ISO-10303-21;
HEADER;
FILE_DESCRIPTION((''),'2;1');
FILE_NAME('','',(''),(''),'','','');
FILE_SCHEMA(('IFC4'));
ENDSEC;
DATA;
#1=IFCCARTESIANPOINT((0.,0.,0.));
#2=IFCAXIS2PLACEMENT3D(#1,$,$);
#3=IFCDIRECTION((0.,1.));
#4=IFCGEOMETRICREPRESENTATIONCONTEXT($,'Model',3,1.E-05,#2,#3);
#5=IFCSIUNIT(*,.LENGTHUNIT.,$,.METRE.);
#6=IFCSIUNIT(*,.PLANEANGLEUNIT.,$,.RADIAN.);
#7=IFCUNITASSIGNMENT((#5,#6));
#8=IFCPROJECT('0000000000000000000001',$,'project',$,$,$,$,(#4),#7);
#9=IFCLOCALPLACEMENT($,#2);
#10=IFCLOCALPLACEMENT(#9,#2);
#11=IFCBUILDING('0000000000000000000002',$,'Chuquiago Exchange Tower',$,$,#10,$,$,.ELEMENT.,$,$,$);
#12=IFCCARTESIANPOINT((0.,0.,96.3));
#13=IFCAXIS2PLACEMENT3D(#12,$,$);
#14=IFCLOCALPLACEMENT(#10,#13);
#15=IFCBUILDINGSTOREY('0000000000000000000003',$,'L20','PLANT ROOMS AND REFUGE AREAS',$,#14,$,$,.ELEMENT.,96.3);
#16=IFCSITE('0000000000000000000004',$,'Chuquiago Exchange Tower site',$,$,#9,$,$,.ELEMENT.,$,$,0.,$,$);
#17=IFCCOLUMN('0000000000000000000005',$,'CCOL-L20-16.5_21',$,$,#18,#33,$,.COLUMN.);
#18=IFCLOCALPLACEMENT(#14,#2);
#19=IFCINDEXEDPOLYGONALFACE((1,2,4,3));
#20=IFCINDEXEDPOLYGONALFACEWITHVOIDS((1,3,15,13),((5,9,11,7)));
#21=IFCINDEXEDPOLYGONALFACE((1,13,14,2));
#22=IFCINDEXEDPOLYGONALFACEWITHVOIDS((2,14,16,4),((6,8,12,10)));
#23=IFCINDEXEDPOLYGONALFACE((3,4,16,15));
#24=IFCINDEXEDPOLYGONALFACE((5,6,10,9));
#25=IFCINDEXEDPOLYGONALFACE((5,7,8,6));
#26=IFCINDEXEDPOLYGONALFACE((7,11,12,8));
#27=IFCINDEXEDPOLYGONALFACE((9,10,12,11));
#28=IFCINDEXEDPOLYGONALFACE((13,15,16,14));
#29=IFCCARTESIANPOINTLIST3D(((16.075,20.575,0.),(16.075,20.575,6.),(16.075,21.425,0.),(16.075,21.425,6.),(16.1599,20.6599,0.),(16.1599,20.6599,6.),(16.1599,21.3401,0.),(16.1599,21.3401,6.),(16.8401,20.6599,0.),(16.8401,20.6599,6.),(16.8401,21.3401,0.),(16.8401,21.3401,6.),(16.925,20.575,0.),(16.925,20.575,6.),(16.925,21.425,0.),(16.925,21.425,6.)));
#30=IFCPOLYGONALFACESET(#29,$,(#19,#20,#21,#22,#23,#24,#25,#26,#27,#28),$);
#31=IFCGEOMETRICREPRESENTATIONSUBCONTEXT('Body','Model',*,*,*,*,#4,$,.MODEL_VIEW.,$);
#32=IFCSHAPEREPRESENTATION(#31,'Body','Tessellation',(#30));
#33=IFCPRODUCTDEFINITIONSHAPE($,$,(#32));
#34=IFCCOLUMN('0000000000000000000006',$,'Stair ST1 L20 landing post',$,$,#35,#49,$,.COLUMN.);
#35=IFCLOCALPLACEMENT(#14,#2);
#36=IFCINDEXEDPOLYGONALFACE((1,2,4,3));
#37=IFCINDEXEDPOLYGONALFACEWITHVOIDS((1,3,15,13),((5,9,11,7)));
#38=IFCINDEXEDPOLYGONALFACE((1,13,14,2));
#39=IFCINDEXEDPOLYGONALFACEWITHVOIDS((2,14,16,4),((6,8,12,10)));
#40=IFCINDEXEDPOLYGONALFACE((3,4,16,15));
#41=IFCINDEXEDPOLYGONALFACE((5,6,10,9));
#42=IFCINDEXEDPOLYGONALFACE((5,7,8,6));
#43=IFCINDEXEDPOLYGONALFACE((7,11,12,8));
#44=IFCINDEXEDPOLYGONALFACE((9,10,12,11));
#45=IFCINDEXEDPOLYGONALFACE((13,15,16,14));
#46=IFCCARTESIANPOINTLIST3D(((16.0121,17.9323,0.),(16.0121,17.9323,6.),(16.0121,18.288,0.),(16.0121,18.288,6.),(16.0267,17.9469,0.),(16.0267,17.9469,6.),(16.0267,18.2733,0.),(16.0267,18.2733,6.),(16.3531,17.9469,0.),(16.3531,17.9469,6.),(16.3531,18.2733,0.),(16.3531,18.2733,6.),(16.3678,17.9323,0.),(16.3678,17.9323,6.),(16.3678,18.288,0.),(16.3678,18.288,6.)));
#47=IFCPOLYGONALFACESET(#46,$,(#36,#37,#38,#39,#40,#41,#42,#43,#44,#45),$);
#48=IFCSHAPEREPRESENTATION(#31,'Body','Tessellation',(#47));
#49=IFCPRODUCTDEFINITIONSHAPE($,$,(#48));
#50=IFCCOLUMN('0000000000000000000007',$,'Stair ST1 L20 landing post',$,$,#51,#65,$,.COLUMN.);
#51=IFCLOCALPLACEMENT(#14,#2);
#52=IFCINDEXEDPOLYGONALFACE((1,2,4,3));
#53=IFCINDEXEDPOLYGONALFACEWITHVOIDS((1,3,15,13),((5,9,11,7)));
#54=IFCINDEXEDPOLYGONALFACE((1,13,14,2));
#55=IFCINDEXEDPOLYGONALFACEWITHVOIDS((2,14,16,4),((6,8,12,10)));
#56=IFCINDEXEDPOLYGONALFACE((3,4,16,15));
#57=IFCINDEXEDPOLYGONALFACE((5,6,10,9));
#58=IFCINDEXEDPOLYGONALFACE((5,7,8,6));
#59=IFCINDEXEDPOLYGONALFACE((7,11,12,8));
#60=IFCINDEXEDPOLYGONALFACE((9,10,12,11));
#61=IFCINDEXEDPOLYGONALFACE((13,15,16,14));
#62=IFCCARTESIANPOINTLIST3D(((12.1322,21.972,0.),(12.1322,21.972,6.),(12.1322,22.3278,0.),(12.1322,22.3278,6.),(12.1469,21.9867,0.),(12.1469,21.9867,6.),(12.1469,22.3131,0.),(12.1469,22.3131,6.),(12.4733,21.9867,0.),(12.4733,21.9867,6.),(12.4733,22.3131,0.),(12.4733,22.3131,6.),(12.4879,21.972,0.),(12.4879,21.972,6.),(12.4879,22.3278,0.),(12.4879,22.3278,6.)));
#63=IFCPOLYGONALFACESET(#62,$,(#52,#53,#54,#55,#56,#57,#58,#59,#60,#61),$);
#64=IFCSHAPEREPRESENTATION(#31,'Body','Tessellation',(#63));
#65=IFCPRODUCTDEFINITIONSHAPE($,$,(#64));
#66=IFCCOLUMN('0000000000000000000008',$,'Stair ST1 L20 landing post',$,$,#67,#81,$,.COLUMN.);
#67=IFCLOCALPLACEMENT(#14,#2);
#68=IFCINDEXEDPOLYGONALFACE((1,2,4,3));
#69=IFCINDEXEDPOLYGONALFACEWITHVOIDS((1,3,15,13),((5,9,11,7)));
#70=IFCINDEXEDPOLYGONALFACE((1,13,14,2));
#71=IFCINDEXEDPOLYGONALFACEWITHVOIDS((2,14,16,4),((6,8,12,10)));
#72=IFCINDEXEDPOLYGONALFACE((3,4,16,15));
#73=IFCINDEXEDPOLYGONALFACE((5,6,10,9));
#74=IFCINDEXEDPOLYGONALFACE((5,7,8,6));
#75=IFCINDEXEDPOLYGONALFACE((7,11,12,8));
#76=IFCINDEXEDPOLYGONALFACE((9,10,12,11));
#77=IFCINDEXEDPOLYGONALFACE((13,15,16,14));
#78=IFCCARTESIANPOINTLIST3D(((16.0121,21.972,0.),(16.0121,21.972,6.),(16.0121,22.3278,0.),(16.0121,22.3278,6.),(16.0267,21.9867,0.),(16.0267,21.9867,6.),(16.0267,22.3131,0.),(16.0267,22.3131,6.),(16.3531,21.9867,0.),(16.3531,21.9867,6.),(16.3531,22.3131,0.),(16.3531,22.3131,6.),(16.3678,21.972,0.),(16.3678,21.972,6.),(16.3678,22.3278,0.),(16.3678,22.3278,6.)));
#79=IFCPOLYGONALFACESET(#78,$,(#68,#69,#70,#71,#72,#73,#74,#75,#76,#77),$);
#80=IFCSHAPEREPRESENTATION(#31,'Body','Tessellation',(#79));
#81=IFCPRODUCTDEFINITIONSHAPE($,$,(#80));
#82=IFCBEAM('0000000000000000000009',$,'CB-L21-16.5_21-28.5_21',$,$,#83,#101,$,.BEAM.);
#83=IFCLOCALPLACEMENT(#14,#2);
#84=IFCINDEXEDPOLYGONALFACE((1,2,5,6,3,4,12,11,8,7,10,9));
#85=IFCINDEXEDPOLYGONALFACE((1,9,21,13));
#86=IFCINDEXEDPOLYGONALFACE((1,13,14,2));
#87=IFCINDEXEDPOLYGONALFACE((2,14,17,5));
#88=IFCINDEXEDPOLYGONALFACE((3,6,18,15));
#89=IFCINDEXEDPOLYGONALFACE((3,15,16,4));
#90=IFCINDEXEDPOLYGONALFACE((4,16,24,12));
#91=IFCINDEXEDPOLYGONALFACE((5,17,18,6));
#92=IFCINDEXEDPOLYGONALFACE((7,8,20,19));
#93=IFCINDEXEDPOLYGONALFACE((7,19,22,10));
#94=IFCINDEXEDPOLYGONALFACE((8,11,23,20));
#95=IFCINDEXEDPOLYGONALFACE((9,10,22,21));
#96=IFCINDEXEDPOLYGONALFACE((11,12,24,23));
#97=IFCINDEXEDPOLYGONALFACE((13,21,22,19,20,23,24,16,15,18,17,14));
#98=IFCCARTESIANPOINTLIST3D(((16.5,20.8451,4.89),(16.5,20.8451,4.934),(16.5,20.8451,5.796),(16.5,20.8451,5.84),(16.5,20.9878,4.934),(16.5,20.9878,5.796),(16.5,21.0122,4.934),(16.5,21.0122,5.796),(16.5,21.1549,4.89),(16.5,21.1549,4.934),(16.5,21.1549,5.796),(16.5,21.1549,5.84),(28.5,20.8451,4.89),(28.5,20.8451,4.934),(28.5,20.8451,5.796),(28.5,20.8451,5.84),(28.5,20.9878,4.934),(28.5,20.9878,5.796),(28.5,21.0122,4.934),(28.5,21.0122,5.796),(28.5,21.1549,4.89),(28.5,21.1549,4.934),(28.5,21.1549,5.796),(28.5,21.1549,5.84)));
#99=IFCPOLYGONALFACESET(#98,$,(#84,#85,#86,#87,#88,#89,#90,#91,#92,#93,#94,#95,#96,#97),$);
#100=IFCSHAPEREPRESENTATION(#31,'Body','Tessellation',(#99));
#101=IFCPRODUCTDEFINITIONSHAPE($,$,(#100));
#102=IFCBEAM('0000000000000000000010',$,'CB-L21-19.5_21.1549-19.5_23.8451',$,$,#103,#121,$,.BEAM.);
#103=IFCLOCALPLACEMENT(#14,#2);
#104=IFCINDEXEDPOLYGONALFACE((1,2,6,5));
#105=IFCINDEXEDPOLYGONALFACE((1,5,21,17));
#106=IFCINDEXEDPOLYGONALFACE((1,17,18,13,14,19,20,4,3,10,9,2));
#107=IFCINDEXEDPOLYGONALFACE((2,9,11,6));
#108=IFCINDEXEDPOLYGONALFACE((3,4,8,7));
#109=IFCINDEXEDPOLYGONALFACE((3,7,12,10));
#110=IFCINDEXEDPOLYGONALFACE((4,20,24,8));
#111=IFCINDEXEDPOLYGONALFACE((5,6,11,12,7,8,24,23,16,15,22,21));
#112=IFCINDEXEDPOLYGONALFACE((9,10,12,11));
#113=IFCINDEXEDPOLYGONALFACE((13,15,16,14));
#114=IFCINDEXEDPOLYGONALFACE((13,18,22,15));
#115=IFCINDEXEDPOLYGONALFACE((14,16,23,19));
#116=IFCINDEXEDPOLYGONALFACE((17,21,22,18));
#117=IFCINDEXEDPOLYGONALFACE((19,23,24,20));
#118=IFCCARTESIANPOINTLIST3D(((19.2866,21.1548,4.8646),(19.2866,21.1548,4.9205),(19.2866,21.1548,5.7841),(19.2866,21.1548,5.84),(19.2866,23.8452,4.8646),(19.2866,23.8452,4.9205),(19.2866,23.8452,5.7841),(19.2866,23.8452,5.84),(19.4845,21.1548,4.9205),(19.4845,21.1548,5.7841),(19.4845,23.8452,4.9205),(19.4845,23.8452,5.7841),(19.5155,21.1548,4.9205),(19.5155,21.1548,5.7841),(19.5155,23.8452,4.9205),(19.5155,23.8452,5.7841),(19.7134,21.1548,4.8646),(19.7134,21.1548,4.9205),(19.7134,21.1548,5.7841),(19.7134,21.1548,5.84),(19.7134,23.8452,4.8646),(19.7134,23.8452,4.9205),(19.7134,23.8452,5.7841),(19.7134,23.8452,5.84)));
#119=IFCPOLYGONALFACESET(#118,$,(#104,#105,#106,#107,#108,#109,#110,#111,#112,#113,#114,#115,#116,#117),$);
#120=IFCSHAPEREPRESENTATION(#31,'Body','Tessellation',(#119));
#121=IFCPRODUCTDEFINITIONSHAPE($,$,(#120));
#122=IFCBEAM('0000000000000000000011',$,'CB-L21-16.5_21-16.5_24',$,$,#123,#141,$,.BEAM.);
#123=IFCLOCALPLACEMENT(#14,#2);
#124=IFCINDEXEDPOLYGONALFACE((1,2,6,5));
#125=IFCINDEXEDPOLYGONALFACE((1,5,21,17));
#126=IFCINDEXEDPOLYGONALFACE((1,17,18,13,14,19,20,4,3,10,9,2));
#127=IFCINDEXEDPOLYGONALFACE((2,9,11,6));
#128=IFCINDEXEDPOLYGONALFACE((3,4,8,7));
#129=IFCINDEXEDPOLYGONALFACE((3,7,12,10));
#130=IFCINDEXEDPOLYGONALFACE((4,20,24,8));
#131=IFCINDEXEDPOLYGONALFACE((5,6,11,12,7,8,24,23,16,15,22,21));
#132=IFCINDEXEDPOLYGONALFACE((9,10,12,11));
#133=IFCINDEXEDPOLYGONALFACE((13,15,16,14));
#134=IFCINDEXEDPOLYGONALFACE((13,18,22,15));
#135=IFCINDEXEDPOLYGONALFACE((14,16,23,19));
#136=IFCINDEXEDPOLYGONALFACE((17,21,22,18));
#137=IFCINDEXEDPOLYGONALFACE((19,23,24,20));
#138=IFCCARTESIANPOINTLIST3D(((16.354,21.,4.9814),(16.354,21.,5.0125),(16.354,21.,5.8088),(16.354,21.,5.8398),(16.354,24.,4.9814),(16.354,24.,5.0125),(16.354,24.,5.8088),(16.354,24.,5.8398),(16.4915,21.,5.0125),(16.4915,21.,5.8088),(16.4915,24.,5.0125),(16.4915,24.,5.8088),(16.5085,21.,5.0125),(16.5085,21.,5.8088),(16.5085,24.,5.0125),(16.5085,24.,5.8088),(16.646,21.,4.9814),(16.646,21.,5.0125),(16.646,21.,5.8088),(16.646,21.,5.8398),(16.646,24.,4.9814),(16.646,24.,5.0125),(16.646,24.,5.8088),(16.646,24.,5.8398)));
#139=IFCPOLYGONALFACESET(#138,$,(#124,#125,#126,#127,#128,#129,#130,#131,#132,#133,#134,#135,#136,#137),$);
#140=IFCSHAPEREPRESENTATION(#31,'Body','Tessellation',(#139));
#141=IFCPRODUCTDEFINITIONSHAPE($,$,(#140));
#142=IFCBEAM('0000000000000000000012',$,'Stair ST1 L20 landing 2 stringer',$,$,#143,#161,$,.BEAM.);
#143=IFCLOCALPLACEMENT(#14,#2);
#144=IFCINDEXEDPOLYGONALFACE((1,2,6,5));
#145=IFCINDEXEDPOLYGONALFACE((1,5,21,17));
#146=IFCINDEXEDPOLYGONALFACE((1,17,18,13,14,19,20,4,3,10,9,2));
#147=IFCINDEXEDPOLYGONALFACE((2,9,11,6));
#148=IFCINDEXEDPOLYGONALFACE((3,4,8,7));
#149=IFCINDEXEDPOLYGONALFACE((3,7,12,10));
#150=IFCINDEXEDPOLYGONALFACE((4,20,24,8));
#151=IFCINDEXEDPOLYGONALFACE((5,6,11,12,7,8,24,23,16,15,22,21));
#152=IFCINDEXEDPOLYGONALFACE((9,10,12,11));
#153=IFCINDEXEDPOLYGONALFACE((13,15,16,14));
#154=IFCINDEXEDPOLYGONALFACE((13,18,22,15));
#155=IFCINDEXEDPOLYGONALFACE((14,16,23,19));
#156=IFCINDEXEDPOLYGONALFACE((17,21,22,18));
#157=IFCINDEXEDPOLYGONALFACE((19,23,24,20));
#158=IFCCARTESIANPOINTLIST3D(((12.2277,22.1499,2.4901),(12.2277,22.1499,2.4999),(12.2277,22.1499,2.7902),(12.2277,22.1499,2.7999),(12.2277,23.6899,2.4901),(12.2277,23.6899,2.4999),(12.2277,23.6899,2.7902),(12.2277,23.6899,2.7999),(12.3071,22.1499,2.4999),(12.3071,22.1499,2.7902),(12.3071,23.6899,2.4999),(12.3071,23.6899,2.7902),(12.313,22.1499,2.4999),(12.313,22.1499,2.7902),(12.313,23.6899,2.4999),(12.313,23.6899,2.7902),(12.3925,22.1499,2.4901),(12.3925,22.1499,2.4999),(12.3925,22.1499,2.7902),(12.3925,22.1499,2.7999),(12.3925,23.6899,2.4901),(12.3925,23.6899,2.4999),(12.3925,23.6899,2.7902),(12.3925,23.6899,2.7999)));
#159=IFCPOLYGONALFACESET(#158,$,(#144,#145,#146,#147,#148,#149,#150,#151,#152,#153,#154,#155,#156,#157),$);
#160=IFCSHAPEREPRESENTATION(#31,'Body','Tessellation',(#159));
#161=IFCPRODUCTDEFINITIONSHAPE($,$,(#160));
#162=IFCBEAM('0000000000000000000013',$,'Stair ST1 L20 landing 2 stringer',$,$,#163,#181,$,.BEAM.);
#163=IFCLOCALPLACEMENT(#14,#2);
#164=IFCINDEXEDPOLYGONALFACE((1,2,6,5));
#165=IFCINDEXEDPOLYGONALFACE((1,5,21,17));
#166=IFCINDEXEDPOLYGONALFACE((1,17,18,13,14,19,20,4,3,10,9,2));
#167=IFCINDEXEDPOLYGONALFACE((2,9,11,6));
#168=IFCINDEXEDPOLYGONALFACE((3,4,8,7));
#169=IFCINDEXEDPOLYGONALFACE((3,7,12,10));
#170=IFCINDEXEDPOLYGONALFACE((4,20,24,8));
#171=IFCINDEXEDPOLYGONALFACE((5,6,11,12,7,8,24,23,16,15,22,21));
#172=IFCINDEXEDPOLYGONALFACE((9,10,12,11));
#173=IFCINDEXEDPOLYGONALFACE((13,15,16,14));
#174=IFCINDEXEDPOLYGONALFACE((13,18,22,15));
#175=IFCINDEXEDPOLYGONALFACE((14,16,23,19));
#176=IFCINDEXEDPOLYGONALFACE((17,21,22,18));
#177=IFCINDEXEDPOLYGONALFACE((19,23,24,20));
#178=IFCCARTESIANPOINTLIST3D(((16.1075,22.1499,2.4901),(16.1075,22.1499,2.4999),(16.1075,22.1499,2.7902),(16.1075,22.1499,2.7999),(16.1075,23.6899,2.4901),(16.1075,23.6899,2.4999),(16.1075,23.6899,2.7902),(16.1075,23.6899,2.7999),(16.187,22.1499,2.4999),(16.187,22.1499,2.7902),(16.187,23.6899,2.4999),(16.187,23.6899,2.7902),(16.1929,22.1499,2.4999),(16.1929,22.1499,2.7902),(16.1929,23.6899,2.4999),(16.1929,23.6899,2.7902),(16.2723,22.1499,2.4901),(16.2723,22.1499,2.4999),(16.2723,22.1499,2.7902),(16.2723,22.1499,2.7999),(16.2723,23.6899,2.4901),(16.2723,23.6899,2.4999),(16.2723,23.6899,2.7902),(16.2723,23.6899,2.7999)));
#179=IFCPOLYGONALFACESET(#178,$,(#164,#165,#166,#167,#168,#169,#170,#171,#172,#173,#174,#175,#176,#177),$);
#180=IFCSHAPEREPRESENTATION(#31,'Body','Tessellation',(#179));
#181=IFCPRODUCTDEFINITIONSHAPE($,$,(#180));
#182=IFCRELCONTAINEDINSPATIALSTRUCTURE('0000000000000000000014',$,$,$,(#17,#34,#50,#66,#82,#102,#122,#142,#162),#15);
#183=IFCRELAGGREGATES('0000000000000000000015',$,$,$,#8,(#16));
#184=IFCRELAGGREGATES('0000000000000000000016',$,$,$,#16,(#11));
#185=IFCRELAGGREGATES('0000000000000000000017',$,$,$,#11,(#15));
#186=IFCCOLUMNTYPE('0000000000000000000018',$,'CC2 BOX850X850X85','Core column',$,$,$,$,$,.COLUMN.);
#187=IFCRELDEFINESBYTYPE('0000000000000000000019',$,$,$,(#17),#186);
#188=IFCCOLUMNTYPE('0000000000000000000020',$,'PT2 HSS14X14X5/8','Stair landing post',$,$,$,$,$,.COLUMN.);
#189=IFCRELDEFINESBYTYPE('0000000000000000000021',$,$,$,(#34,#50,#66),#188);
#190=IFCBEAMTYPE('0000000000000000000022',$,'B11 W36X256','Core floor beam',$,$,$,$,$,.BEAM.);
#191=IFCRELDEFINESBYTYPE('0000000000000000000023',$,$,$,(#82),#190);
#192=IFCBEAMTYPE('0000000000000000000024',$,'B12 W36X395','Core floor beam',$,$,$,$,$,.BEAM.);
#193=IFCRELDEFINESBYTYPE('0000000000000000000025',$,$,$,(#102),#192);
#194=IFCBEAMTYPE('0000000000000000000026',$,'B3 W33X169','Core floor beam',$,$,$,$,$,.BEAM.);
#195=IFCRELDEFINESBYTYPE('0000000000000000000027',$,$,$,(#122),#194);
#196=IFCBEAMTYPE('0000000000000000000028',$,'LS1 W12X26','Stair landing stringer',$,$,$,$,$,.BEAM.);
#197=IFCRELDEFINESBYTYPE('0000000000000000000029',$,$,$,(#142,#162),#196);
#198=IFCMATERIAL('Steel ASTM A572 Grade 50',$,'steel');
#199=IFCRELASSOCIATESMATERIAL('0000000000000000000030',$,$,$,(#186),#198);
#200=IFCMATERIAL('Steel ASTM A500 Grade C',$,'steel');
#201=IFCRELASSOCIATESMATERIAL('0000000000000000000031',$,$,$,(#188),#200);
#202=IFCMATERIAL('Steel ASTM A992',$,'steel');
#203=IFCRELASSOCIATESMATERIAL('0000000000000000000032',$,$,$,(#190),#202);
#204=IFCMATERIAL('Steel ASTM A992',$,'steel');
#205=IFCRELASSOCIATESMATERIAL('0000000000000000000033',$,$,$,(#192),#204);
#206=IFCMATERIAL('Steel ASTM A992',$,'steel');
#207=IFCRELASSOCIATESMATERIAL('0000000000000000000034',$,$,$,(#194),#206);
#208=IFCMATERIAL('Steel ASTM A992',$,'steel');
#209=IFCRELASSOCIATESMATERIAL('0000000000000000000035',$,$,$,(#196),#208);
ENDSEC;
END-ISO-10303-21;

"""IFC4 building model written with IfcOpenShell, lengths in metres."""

from ifc_helpers import new_model, si_unit, direction, frame, origin, origin_2d, place, context, subcontext, project, spatial, hollow_rectangle, i_section, extrude, material, material_profile, profile_set, type_object, element, save


model = new_model("IFC4")

# Units and contexts
model_context = context("Model", 3, precision=1e-05, world=origin(), true_north=direction((0.0, 1.0)))
body_context = subcontext(model_context, "Body", "Model", "MODEL_VIEW")
ifc_project = project(units=[si_unit("LENGTHUNIT", "METRE"), si_unit("PLANEANGLEUNIT", "RADIAN")], contexts=[model_context])

# Site, building, storey
site_placement = place(None, origin())
site = spatial("IfcSite", under=ifc_project, at=site_placement, Name="Chuquiago Exchange Tower site", CompositionType="ELEMENT", RefElevation=0.0)
building_placement = place(site_placement, origin())
building = spatial("IfcBuilding", under=site, at=building_placement, Name="Chuquiago Exchange Tower", CompositionType="ELEMENT")
storey_placement = place(building_placement, frame((0.0, 0.0, 96.3)))
storey = spatial("IfcBuildingStorey", under=building, at=storey_placement, Name="L20", Description="PLANT ROOMS AND REFUGE AREAS", CompositionType="ELEMENT", Elevation=96.3)

# Columns
ifc_material_1 = material(Name="Steel ASTM A572 Grade 50", Category="steel")
ifc_material_profile_1 = material_profile(ifc_material_1, hollow_rectangle(XDim=0.8501, YDim=0.8501, WallThickness=0.085, at=origin_2d()), Name="BOX850X850X85")
ifc_profile_set_1 = profile_set([ifc_material_profile_1], Name="Steel ASTM A572 Grade 50")
column_type_1 = type_object("IfcColumnType", Name="CC2 BOX850X850X85", Description="Core column", PredefinedType="COLUMN", material=ifc_profile_set_1)
column_placement = place(storey_placement, frame((16.5, 21.0, 0.0), z_axis=(0.0, 0.0, 1.0), x_axis=(1.0, 0.0, 0.0)))
element("IfcColumn", 1, at=column_placement, inside=storey, type_object=column_type_1, Name="CCOL-L20-16.5_21", PredefinedType="COLUMN", context=body_context, shape_type="SweptSolid", body=[
    extrude(hollow_rectangle(XDim=0.8501, YDim=0.8501, WallThickness=0.085, at=origin_2d()), origin(), (0.0, 0.0, 1.0), 6.0),
])
ifc_material_2 = material(Name="Steel ASTM A500 Grade C", Category="steel")
ifc_material_profile_2 = material_profile(ifc_material_2, hollow_rectangle(XDim=0.3557, YDim=0.3557, WallThickness=0.0146, at=origin_2d()), Name="HSS14X14X5/8")
ifc_profile_set_2 = profile_set([ifc_material_profile_2], Name="Steel ASTM A500 Grade C")
column_type_2 = type_object("IfcColumnType", Name="PT2 HSS14X14X5/8", Description="Stair landing post", PredefinedType="COLUMN", material=ifc_profile_set_2)
for number, where, z_axis, x_axis, name in (
    (2, (16.1899, 18.1101, 0.0), (0.0, 0.0, 1.0), (1.0, 0.0, 0.0), "Stair ST1 L20 landing post"),
    (3, (12.3101, 22.1499, 0.0), (0.0, 0.0, 1.0), (1.0, 0.0, 0.0), "Stair ST1 L20 landing post"),
    (4, (16.1899, 22.1499, 0.0), (0.0, 0.0, 1.0), (1.0, 0.0, 0.0), "Stair ST1 L20 landing post"),
):
    element("IfcColumn", number, at=place(storey_placement, frame(where, z_axis=z_axis, x_axis=x_axis)), inside=storey, type_object=column_type_2, Name=name, PredefinedType="COLUMN", context=body_context, shape_type="SweptSolid", body=[
        extrude(hollow_rectangle(XDim=0.3557, YDim=0.3557, WallThickness=0.0146, at=origin_2d()), origin(), (0.0, 0.0, 1.0), 6.0),
    ])

# Beams
ifc_material_3 = material(Name="Steel ASTM A992", Category="steel")
ifc_material_profile_3 = material_profile(ifc_material_3, i_section(OverallWidth=0.3098, OverallDepth=0.95, WebThickness=0.0244, FlangeThickness=0.0439, at=origin_2d()), Name="W36X256")
ifc_profile_set_3 = profile_set([ifc_material_profile_3], Name="Steel ASTM A992")
beam_type_1 = type_object("IfcBeamType", Name="B11 W36X256", Description="Core floor beam", PredefinedType="BEAM", material=ifc_profile_set_3)
beam_1_placement = place(storey_placement, frame((16.5, 21.0, 5.365), z_axis=(1.0, 0.0, 0.0), x_axis=(0.0, 1.0, 0.0)))
element("IfcBeam", 5, at=beam_1_placement, inside=storey, type_object=beam_type_1, Name="CB-L21-16.5_21-28.5_21", PredefinedType="BEAM", context=body_context, shape_type="SweptSolid", body=[
    extrude(i_section(OverallWidth=0.3098, OverallDepth=0.95, WebThickness=0.0244, FlangeThickness=0.0439, at=origin_2d()), origin(), (0.0, 0.0, 1.0), 12.0),
])
ifc_material_4 = material(Name="Steel ASTM A992", Category="steel")
ifc_material_profile_4 = material_profile(ifc_material_4, i_section(OverallWidth=0.4268, OverallDepth=0.9753, WebThickness=0.031, FlangeThickness=0.0559, at=origin_2d()), Name="W36X395")
ifc_profile_set_4 = profile_set([ifc_material_profile_4], Name="Steel ASTM A992")
beam_type_2 = type_object("IfcBeamType", Name="B12 W36X395", Description="Core floor beam", PredefinedType="BEAM", material=ifc_profile_set_4)
beam_2_placement = place(storey_placement, frame((19.5, 21.1548, 5.3523), z_axis=(0.0, 1.0, 0.0), x_axis=(-1.0, 0.0, 0.0)))
element("IfcBeam", 6, at=beam_2_placement, inside=storey, type_object=beam_type_2, Name="CB-L21-19.5_21.1549-19.5_23.8451", PredefinedType="BEAM", context=body_context, shape_type="SweptSolid", body=[
    extrude(i_section(OverallWidth=0.4268, OverallDepth=0.9753, WebThickness=0.031, FlangeThickness=0.0559, at=origin_2d()), origin(), (0.0, 0.0, 1.0), 2.6904),
])
ifc_material_5 = material(Name="Steel ASTM A992", Category="steel")
ifc_material_profile_5 = material_profile(ifc_material_5, i_section(OverallWidth=0.292, OverallDepth=0.8584, WebThickness=0.0171, FlangeThickness=0.031, at=origin_2d()), Name="W33X169")
ifc_profile_set_5 = profile_set([ifc_material_profile_5], Name="Steel ASTM A992")
beam_type_3 = type_object("IfcBeamType", Name="B3 W33X169", Description="Core floor beam", PredefinedType="BEAM", material=ifc_profile_set_5)
beam_3_placement = place(storey_placement, frame((16.5, 21.0, 5.4106), z_axis=(0.0, 1.0, 0.0), x_axis=(-1.0, 0.0, 0.0)))
element("IfcBeam", 7, at=beam_3_placement, inside=storey, type_object=beam_type_3, Name="CB-L21-16.5_21-16.5_24", PredefinedType="BEAM", context=body_context, shape_type="SweptSolid", body=[
    extrude(i_section(OverallWidth=0.292, OverallDepth=0.8584, WebThickness=0.0171, FlangeThickness=0.031, at=origin_2d()), origin(), (0.0, 0.0, 1.0), 3.0),
])
ifc_material_6 = material(Name="Steel ASTM A992", Category="steel")
ifc_material_profile_6 = material_profile(ifc_material_6, i_section(OverallWidth=0.1648, OverallDepth=0.3098, WebThickness=0.0059, FlangeThickness=0.0098, at=origin_2d()), Name="W12X26")
ifc_profile_set_6 = profile_set([ifc_material_profile_6], Name="Steel ASTM A992")
beam_type_4 = type_object("IfcBeamType", Name="LS1 W12X26", Description="Stair landing stringer", PredefinedType="BEAM", material=ifc_profile_set_6)
for number, where, z_axis, x_axis, name in (
    (8, (12.3101, 22.1499, 2.645), (0.0, 1.0, 0.0), (-1.0, 0.0, 0.0), "Stair ST1 L20 landing 2 stringer"),
    (9, (16.1899, 22.1499, 2.645), (0.0, 1.0, 0.0), (-1.0, 0.0, 0.0), "Stair ST1 L20 landing 2 stringer"),
):
    element("IfcBeam", number, at=place(storey_placement, frame(where, z_axis=z_axis, x_axis=x_axis)), inside=storey, type_object=beam_type_4, Name=name, PredefinedType="BEAM", context=body_context, shape_type="SweptSolid", body=[
        extrude(i_section(OverallWidth=0.1648, OverallDepth=0.3098, WebThickness=0.0059, FlangeThickness=0.0098, at=origin_2d()), origin(), (0.0, 0.0, 1.0), 1.54),
    ])

save(model, "model.ifc")
